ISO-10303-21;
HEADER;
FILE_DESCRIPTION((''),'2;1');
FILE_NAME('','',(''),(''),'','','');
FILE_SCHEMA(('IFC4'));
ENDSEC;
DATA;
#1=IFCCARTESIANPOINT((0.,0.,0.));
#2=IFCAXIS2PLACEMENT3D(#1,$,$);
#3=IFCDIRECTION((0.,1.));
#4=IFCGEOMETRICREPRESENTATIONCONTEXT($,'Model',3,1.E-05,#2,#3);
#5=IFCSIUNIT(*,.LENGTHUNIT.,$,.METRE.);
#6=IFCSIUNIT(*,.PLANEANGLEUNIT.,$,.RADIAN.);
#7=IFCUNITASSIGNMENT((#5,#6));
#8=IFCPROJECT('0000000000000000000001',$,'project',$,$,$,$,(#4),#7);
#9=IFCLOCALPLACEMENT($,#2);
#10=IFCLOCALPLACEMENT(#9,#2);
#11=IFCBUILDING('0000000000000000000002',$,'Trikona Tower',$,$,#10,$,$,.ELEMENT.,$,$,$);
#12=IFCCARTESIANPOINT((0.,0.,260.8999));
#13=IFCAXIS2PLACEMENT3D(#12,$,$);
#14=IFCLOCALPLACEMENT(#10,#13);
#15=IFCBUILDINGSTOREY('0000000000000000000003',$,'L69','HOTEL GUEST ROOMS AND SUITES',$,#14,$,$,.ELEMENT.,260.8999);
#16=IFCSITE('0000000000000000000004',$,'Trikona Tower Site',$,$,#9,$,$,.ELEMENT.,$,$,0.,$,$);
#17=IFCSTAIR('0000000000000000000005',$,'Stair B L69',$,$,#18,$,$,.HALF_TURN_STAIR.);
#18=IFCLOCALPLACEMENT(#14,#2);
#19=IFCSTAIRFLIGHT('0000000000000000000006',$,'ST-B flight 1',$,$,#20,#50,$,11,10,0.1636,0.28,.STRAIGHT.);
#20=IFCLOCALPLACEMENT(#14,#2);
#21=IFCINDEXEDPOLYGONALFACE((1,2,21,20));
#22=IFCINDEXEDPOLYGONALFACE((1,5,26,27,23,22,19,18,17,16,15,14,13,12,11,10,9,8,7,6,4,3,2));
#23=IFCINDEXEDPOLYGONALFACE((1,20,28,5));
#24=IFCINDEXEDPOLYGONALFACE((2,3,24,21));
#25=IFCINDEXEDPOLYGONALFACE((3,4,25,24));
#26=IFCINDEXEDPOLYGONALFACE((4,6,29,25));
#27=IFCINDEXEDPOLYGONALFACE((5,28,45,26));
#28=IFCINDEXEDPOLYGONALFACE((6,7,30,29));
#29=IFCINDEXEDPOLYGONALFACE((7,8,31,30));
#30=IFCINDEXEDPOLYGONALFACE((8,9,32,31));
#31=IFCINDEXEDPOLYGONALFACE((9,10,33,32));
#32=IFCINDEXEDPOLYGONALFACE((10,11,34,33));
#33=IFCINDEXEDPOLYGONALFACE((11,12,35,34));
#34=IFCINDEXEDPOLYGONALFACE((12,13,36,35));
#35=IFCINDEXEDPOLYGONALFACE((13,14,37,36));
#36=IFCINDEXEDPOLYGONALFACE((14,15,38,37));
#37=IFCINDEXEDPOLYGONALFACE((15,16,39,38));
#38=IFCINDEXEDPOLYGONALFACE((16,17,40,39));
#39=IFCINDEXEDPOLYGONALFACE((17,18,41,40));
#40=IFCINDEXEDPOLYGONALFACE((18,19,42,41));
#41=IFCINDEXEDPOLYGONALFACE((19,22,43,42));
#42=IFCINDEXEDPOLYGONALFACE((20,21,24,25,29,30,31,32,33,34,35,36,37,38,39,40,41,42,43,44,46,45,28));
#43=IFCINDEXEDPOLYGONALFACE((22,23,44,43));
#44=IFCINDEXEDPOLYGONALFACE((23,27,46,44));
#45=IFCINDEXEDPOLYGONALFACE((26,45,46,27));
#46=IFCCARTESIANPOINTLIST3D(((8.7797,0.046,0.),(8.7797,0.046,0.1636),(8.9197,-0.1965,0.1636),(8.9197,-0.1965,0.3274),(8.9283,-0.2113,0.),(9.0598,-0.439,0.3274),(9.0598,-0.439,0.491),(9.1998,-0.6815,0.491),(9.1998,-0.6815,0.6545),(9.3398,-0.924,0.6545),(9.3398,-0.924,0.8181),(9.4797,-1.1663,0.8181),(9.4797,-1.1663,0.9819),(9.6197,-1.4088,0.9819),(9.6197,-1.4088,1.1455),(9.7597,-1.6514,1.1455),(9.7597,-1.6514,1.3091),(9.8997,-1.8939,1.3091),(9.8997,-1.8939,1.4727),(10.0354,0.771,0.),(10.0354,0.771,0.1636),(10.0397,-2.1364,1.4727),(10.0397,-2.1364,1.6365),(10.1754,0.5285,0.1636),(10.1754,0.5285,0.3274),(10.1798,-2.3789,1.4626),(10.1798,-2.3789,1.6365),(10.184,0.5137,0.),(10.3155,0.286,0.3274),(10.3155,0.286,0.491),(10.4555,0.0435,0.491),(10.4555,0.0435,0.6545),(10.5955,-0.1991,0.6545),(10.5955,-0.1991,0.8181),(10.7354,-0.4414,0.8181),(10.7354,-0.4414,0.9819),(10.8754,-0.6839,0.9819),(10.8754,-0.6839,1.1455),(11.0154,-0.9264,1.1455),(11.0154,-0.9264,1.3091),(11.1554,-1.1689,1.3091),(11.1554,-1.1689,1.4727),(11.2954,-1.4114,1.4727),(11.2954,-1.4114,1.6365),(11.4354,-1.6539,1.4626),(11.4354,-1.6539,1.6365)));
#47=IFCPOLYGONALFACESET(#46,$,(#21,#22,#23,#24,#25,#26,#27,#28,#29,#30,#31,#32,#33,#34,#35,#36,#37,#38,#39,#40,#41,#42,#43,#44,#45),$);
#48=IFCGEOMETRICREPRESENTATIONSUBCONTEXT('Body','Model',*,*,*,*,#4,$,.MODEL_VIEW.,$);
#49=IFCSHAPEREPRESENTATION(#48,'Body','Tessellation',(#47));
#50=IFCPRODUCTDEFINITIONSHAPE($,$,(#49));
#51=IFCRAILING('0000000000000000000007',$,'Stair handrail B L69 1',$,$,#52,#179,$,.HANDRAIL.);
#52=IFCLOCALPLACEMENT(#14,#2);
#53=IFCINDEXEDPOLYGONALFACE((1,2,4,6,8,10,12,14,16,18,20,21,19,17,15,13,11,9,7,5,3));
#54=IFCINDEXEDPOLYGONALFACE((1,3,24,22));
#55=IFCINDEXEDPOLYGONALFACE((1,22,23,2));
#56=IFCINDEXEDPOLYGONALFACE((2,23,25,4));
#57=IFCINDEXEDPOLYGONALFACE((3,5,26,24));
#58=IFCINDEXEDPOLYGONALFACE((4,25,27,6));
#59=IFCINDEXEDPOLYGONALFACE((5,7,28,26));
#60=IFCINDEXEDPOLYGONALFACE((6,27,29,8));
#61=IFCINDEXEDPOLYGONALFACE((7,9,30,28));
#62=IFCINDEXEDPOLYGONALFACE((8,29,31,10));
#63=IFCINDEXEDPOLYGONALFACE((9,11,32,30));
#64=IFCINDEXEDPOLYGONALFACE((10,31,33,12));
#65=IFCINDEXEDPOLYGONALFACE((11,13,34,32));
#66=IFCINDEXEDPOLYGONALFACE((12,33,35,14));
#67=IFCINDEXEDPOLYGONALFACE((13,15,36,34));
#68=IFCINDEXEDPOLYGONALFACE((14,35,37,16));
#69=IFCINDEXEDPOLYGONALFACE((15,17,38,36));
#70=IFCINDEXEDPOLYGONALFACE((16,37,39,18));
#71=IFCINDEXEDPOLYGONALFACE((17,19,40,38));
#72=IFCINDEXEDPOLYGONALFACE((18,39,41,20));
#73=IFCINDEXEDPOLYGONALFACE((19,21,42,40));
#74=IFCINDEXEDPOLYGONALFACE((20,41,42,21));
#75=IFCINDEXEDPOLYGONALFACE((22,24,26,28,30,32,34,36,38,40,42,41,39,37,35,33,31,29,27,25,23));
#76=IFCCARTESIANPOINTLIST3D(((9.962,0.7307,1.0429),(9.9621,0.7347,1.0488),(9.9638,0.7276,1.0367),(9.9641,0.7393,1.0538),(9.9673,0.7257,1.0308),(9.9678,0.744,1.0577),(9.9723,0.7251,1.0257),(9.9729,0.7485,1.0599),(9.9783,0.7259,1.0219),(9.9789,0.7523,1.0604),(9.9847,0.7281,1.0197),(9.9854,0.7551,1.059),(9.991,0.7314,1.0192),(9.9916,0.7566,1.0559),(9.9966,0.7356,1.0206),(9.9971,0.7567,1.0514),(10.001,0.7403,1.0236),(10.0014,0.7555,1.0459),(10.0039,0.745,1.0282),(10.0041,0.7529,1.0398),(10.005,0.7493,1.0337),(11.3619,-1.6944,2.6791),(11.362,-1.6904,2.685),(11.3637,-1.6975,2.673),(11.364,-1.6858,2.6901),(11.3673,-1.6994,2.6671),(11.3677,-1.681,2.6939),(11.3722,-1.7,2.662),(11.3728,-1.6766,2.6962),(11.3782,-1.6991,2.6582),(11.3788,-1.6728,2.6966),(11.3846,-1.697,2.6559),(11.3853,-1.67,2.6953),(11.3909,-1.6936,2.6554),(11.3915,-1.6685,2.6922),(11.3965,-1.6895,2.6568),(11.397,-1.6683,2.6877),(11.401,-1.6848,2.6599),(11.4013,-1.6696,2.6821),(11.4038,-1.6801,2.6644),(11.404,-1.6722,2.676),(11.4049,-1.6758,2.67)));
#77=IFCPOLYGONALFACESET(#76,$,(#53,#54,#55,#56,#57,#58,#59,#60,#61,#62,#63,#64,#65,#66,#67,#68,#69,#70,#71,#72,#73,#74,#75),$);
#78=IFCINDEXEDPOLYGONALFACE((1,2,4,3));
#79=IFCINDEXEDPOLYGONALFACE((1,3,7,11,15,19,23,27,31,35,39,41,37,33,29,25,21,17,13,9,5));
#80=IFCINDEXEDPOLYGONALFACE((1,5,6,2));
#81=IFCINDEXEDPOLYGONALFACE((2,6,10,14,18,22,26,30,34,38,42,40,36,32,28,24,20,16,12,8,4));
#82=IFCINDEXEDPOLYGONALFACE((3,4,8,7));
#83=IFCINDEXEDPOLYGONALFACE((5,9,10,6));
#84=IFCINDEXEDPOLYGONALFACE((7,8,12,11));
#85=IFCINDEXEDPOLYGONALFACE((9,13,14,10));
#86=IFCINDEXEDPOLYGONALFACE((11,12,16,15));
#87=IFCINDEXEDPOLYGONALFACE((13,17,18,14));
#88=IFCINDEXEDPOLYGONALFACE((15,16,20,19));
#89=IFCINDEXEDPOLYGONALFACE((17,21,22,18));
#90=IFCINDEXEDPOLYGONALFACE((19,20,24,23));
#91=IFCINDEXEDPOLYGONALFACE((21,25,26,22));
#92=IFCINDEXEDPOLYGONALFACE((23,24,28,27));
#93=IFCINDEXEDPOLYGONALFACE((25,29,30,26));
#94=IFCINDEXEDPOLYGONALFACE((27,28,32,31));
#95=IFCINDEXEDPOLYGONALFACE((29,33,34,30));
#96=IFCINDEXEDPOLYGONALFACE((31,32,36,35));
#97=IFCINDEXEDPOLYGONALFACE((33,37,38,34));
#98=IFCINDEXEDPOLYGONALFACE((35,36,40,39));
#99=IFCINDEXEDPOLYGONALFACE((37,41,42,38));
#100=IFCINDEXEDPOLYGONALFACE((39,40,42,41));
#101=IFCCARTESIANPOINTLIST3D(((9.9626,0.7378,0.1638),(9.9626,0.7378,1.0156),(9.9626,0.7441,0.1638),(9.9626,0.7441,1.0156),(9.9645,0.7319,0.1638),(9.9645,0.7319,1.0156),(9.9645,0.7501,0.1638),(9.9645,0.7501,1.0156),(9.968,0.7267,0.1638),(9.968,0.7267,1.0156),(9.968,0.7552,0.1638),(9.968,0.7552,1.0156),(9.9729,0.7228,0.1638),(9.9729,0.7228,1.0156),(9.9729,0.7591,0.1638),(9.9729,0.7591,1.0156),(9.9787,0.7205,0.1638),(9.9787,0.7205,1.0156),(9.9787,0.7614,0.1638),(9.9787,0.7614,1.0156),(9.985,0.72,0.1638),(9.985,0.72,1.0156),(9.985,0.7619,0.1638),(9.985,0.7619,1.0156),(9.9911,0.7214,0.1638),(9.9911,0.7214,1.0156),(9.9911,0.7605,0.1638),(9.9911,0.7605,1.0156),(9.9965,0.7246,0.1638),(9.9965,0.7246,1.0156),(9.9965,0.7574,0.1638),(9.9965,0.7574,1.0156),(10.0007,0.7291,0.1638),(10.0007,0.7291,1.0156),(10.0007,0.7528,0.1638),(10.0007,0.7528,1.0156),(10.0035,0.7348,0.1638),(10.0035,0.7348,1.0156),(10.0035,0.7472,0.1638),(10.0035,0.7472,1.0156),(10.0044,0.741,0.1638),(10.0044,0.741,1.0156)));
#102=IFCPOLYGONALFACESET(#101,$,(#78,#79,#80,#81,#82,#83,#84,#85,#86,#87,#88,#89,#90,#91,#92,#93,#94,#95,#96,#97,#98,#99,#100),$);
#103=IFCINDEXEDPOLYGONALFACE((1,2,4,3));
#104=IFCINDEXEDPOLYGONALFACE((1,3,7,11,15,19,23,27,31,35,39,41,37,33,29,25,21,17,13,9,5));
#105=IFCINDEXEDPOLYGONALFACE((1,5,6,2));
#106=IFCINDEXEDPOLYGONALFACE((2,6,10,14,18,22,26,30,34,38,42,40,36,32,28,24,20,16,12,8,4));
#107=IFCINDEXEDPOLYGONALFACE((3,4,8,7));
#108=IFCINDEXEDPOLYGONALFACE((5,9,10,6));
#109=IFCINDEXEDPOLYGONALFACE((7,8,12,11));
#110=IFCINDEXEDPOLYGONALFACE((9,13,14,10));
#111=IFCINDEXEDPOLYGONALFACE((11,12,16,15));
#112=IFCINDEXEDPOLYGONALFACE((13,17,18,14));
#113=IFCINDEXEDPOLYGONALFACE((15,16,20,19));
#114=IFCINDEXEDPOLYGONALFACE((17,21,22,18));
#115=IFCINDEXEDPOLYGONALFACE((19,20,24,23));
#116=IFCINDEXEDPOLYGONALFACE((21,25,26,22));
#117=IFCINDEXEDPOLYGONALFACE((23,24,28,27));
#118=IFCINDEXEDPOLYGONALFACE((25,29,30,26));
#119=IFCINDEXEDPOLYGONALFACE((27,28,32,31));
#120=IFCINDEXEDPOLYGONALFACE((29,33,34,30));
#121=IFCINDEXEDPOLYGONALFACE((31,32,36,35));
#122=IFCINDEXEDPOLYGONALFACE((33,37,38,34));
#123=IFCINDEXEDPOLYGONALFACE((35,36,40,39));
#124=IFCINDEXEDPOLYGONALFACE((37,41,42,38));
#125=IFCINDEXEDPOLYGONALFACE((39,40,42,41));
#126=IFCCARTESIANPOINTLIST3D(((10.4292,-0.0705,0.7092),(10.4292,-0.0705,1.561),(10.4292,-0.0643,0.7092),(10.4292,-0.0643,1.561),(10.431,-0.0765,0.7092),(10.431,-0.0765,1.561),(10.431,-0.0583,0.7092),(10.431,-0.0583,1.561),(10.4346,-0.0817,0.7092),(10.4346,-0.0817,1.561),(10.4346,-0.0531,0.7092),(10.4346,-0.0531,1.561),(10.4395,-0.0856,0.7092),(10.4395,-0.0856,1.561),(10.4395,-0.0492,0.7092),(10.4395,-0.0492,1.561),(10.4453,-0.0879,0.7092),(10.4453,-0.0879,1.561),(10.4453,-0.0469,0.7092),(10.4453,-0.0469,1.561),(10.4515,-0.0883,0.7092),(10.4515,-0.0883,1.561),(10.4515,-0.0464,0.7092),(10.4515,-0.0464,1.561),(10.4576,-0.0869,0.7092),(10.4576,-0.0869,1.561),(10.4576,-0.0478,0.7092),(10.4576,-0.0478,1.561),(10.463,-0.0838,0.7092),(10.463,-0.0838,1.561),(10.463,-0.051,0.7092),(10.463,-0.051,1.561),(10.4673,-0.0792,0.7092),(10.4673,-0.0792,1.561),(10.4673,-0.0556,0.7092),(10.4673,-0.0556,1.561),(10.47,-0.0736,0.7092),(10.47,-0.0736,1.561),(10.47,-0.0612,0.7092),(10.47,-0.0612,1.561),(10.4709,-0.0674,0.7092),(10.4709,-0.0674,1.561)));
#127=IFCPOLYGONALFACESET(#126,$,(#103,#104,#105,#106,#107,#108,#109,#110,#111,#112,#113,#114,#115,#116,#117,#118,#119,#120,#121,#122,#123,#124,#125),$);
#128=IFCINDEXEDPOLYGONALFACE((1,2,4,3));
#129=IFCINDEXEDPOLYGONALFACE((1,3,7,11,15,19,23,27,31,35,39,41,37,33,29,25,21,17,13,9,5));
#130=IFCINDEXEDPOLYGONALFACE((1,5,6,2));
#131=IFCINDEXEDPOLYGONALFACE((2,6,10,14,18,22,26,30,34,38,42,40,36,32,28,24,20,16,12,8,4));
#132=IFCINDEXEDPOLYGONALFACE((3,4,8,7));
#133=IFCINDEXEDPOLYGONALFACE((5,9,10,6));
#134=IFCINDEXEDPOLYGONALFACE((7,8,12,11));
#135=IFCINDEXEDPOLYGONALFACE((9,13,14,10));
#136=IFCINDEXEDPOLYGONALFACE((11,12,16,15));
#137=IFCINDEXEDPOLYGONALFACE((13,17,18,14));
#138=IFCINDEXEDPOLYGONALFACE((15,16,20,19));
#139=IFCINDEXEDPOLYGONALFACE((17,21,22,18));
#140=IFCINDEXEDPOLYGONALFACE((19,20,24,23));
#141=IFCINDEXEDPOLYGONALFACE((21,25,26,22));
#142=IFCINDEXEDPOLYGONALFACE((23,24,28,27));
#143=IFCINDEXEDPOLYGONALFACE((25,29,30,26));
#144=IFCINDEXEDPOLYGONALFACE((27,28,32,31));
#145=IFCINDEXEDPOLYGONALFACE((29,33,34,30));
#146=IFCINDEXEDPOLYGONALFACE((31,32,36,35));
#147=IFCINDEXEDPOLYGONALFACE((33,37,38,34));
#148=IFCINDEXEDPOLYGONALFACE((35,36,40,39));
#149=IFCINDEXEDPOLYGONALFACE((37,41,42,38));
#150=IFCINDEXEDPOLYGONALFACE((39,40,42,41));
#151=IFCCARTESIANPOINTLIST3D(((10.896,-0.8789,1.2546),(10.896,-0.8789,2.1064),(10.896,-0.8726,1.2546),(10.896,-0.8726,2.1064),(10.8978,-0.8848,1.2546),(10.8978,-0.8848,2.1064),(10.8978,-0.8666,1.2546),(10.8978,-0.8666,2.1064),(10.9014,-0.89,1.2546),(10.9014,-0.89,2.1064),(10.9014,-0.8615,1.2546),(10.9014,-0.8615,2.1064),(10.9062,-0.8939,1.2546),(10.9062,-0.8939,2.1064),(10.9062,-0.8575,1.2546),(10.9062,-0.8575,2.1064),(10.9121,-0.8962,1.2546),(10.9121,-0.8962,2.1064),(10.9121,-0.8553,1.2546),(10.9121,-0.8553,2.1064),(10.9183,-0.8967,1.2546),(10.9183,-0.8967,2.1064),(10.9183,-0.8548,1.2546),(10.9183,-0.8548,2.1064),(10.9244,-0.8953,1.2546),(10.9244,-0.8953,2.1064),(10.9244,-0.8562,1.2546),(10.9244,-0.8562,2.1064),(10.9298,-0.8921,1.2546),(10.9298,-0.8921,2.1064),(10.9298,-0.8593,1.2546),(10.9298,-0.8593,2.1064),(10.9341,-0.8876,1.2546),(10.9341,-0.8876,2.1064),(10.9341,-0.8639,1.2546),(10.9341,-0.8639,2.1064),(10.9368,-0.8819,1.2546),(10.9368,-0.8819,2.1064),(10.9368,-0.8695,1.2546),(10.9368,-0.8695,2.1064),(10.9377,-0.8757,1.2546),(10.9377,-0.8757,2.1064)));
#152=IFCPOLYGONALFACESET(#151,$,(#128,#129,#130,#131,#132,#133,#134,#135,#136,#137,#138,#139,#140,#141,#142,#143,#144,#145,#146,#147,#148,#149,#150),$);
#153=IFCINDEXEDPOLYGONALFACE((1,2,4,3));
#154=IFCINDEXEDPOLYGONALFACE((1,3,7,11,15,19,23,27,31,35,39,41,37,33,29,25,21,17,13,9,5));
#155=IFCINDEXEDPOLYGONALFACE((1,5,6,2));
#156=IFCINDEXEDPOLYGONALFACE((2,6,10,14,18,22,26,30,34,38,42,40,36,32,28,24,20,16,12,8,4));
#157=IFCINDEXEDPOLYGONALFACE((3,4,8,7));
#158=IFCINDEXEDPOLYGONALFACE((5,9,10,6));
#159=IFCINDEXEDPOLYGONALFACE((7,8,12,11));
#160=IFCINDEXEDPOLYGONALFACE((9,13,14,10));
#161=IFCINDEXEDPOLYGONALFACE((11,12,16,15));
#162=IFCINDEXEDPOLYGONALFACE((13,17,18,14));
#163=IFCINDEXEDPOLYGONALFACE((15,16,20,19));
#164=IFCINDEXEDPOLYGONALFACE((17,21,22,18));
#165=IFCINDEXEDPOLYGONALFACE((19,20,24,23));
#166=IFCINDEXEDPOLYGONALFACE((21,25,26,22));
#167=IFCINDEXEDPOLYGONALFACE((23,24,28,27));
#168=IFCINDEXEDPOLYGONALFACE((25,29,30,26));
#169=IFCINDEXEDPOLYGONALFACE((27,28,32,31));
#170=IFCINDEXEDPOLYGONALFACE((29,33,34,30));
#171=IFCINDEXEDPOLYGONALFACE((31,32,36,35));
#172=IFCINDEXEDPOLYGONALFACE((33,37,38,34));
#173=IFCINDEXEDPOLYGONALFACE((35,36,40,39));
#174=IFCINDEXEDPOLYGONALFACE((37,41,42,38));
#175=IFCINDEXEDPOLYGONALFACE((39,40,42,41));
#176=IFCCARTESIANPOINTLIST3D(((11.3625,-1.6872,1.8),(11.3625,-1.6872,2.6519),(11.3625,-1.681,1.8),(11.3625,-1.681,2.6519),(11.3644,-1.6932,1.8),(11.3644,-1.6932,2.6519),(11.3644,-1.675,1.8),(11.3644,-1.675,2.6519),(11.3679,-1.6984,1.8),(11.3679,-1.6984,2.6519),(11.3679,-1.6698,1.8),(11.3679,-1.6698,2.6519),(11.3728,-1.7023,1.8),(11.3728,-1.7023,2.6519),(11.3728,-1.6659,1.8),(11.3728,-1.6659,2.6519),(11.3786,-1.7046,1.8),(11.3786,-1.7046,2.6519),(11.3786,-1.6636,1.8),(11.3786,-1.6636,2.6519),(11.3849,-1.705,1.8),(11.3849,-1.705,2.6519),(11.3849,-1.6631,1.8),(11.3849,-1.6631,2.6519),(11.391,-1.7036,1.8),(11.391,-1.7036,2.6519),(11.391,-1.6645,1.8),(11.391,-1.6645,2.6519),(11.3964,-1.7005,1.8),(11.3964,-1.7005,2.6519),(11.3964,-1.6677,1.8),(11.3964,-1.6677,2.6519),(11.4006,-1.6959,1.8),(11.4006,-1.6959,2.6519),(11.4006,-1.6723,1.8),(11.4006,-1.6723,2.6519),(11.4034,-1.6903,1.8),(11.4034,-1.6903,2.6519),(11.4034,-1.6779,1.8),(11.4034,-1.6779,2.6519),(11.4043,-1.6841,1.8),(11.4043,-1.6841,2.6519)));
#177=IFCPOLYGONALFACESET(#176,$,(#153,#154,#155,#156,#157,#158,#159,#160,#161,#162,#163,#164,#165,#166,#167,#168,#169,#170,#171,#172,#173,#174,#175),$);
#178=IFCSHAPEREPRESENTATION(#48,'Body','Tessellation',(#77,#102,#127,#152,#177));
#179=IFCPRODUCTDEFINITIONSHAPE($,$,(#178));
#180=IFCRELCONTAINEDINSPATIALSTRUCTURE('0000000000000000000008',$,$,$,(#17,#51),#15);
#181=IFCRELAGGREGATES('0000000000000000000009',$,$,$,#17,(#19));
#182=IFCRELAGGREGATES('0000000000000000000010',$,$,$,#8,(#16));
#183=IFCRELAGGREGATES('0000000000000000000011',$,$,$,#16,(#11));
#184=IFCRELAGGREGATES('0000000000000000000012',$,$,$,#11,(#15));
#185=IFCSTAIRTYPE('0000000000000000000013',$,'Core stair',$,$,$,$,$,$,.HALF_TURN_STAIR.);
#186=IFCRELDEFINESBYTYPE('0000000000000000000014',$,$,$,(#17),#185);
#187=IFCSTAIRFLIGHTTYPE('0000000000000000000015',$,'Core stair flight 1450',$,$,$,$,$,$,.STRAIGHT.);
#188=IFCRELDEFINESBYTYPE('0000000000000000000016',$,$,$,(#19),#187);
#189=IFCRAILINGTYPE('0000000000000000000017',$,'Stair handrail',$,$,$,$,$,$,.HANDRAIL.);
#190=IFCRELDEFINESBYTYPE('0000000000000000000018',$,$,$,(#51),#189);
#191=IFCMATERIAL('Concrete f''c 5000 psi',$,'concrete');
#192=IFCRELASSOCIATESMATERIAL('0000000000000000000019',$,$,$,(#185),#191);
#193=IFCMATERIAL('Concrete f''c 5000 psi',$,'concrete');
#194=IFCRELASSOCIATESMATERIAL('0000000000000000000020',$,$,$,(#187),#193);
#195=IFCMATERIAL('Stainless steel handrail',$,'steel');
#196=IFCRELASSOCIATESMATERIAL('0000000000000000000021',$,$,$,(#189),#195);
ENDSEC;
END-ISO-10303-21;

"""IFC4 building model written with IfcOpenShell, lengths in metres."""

from ifc_helpers import new_model, si_unit, direction, frame, origin, origin_2d, place, context, subcontext, project, spatial, polyline, circle, outline, extrude, material, type_object, element, aggregate, save


model = new_model("IFC4")

# Units and contexts
model_context = context("Model", 3, precision=1e-05, world=origin(), true_north=direction((0.0, 1.0)))
body_context = subcontext(model_context, "Body", "Model", "MODEL_VIEW")
ifc_project = project(units=[si_unit("LENGTHUNIT", "METRE"), si_unit("PLANEANGLEUNIT", "RADIAN")], contexts=[model_context])

# Site, building, storey
site_placement = place(None, origin())
site = spatial("IfcSite", under=ifc_project, at=site_placement, Name="Trikona Tower Site", CompositionType="ELEMENT", RefElevation=0.0)
building_placement = place(site_placement, origin())
building = spatial("IfcBuilding", under=site, at=building_placement, Name="Trikona Tower", CompositionType="ELEMENT")
storey_placement = place(building_placement, frame((0.0, 0.0, 260.8999)))
storey = spatial("IfcBuildingStorey", under=building, at=storey_placement, Name="L69", Description="HOTEL GUEST ROOMS AND SUITES", CompositionType="ELEMENT", Elevation=260.8999)

# Shared definitions
ifc_material_1 = material(Name="Concrete f'c 5000 psi", Category="concrete")
stair_type = type_object("IfcStairType", Name="Core stair", PredefinedType="HALF_TURN_STAIR", material=ifc_material_1)

# Stair
stair_1_placement = place(storey_placement, origin())
stair_1 = element("IfcStair", 1, at=stair_1_placement, inside=storey, type_object=stair_type, Name="Stair B L69", PredefinedType="HALF_TURN_STAIR")

# Stair flight
ifc_material_2 = material(Name="Concrete f'c 5000 psi", Category="concrete")
stair_flight_type = type_object("IfcStairFlightType", Name="Core stair flight 1450", PredefinedType="STRAIGHT", material=ifc_material_2)
stair_flight_placement = place(storey_placement, frame((9.4075, 0.4084, 0.0), z_axis=(0.0, 0.0, 1.0), x_axis=(0.5, -0.866025, 0.0)))
stair_flight = element("IfcStairFlight", 2, at=stair_flight_placement, type_object=stair_flight_type, Name="ST-B flight 1", NumberOfRisers=11, NumberOfTreads=10, PredefinedType="STRAIGHT", RiserHeight=0.1636, TreadLength=0.28, context=body_context, shape_type="SweptSolid", body=[
    extrude(outline(polyline([(0.0, 0.0), (0.0, 0.1636), (0.28, 0.1636), (0.28, 0.3274), (0.5601, 0.3274), (0.5601, 0.491), (0.8401, 0.491), (0.8401, 0.6545), (1.1201, 0.6545), (1.1201, 0.8181), (1.3999, 0.8181), (1.3999, 0.9819), (1.6799, 0.9819), (1.6799, 1.1455), (1.96, 1.1455), (1.96, 1.3091), (2.24, 1.3091), (2.24, 1.4727), (2.52, 1.4727), (2.52, 1.6365), (2.8, 1.6365), (2.8, 1.8), (2.8, 1.4626), (0.2971, 0.0), (0.0, 0.0)])), frame((0.0, 0.7251, 0.0), z_axis=(0.0, -1.0, 0.0), x_axis=(1.0, 0.0, 0.0)), (0.0, 0.0, 1.0), 1.45),
])
aggregate(stair_1, [stair_flight])

# Railing
ifc_material_3 = material(Name="Stainless steel handrail", Category="steel")
railing_type = type_object("IfcRailingType", Name="Stair handrail", PredefinedType="HANDRAIL", material=ifc_material_3)
railing_placement = place(storey_placement, frame((9.9834, 0.741, 0.1638)))
element("IfcRailing", 3, at=railing_placement, inside=storey, type_object=railing_type, Name="Stair handrail B L69 1", PredefinedType="HANDRAIL", context=body_context, shape_type="SweptSolid", body=[
    extrude(circle(Radius=0.0239, at=origin_2d()), frame((0.0, 0.0, 0.876), z_axis=(0.431653, -0.747751, 0.504523), x_axis=(0.866056, 0.499946, 0.0)), (0.0, 0.0, 1.0), 3.2432),
    extrude(circle(Radius=0.021, at=origin_2d()), origin(), (0.0, 0.0, 1.0), 0.8518),
    extrude(circle(Radius=0.021, at=origin_2d()), frame((0.4666, -0.8083, 0.5454)), (0.0, 0.0, 1.0), 0.8518),
    extrude(circle(Radius=0.021, at=origin_2d()), frame((0.9333, -1.6167, 1.0908)), (0.0, 0.0, 1.0), 0.8518),
    extrude(circle(Radius=0.021, at=origin_2d()), frame((1.3999, -2.425, 1.6362)), (0.0, 0.0, 1.0), 0.8518),
])

save(model, "model.ifc")
